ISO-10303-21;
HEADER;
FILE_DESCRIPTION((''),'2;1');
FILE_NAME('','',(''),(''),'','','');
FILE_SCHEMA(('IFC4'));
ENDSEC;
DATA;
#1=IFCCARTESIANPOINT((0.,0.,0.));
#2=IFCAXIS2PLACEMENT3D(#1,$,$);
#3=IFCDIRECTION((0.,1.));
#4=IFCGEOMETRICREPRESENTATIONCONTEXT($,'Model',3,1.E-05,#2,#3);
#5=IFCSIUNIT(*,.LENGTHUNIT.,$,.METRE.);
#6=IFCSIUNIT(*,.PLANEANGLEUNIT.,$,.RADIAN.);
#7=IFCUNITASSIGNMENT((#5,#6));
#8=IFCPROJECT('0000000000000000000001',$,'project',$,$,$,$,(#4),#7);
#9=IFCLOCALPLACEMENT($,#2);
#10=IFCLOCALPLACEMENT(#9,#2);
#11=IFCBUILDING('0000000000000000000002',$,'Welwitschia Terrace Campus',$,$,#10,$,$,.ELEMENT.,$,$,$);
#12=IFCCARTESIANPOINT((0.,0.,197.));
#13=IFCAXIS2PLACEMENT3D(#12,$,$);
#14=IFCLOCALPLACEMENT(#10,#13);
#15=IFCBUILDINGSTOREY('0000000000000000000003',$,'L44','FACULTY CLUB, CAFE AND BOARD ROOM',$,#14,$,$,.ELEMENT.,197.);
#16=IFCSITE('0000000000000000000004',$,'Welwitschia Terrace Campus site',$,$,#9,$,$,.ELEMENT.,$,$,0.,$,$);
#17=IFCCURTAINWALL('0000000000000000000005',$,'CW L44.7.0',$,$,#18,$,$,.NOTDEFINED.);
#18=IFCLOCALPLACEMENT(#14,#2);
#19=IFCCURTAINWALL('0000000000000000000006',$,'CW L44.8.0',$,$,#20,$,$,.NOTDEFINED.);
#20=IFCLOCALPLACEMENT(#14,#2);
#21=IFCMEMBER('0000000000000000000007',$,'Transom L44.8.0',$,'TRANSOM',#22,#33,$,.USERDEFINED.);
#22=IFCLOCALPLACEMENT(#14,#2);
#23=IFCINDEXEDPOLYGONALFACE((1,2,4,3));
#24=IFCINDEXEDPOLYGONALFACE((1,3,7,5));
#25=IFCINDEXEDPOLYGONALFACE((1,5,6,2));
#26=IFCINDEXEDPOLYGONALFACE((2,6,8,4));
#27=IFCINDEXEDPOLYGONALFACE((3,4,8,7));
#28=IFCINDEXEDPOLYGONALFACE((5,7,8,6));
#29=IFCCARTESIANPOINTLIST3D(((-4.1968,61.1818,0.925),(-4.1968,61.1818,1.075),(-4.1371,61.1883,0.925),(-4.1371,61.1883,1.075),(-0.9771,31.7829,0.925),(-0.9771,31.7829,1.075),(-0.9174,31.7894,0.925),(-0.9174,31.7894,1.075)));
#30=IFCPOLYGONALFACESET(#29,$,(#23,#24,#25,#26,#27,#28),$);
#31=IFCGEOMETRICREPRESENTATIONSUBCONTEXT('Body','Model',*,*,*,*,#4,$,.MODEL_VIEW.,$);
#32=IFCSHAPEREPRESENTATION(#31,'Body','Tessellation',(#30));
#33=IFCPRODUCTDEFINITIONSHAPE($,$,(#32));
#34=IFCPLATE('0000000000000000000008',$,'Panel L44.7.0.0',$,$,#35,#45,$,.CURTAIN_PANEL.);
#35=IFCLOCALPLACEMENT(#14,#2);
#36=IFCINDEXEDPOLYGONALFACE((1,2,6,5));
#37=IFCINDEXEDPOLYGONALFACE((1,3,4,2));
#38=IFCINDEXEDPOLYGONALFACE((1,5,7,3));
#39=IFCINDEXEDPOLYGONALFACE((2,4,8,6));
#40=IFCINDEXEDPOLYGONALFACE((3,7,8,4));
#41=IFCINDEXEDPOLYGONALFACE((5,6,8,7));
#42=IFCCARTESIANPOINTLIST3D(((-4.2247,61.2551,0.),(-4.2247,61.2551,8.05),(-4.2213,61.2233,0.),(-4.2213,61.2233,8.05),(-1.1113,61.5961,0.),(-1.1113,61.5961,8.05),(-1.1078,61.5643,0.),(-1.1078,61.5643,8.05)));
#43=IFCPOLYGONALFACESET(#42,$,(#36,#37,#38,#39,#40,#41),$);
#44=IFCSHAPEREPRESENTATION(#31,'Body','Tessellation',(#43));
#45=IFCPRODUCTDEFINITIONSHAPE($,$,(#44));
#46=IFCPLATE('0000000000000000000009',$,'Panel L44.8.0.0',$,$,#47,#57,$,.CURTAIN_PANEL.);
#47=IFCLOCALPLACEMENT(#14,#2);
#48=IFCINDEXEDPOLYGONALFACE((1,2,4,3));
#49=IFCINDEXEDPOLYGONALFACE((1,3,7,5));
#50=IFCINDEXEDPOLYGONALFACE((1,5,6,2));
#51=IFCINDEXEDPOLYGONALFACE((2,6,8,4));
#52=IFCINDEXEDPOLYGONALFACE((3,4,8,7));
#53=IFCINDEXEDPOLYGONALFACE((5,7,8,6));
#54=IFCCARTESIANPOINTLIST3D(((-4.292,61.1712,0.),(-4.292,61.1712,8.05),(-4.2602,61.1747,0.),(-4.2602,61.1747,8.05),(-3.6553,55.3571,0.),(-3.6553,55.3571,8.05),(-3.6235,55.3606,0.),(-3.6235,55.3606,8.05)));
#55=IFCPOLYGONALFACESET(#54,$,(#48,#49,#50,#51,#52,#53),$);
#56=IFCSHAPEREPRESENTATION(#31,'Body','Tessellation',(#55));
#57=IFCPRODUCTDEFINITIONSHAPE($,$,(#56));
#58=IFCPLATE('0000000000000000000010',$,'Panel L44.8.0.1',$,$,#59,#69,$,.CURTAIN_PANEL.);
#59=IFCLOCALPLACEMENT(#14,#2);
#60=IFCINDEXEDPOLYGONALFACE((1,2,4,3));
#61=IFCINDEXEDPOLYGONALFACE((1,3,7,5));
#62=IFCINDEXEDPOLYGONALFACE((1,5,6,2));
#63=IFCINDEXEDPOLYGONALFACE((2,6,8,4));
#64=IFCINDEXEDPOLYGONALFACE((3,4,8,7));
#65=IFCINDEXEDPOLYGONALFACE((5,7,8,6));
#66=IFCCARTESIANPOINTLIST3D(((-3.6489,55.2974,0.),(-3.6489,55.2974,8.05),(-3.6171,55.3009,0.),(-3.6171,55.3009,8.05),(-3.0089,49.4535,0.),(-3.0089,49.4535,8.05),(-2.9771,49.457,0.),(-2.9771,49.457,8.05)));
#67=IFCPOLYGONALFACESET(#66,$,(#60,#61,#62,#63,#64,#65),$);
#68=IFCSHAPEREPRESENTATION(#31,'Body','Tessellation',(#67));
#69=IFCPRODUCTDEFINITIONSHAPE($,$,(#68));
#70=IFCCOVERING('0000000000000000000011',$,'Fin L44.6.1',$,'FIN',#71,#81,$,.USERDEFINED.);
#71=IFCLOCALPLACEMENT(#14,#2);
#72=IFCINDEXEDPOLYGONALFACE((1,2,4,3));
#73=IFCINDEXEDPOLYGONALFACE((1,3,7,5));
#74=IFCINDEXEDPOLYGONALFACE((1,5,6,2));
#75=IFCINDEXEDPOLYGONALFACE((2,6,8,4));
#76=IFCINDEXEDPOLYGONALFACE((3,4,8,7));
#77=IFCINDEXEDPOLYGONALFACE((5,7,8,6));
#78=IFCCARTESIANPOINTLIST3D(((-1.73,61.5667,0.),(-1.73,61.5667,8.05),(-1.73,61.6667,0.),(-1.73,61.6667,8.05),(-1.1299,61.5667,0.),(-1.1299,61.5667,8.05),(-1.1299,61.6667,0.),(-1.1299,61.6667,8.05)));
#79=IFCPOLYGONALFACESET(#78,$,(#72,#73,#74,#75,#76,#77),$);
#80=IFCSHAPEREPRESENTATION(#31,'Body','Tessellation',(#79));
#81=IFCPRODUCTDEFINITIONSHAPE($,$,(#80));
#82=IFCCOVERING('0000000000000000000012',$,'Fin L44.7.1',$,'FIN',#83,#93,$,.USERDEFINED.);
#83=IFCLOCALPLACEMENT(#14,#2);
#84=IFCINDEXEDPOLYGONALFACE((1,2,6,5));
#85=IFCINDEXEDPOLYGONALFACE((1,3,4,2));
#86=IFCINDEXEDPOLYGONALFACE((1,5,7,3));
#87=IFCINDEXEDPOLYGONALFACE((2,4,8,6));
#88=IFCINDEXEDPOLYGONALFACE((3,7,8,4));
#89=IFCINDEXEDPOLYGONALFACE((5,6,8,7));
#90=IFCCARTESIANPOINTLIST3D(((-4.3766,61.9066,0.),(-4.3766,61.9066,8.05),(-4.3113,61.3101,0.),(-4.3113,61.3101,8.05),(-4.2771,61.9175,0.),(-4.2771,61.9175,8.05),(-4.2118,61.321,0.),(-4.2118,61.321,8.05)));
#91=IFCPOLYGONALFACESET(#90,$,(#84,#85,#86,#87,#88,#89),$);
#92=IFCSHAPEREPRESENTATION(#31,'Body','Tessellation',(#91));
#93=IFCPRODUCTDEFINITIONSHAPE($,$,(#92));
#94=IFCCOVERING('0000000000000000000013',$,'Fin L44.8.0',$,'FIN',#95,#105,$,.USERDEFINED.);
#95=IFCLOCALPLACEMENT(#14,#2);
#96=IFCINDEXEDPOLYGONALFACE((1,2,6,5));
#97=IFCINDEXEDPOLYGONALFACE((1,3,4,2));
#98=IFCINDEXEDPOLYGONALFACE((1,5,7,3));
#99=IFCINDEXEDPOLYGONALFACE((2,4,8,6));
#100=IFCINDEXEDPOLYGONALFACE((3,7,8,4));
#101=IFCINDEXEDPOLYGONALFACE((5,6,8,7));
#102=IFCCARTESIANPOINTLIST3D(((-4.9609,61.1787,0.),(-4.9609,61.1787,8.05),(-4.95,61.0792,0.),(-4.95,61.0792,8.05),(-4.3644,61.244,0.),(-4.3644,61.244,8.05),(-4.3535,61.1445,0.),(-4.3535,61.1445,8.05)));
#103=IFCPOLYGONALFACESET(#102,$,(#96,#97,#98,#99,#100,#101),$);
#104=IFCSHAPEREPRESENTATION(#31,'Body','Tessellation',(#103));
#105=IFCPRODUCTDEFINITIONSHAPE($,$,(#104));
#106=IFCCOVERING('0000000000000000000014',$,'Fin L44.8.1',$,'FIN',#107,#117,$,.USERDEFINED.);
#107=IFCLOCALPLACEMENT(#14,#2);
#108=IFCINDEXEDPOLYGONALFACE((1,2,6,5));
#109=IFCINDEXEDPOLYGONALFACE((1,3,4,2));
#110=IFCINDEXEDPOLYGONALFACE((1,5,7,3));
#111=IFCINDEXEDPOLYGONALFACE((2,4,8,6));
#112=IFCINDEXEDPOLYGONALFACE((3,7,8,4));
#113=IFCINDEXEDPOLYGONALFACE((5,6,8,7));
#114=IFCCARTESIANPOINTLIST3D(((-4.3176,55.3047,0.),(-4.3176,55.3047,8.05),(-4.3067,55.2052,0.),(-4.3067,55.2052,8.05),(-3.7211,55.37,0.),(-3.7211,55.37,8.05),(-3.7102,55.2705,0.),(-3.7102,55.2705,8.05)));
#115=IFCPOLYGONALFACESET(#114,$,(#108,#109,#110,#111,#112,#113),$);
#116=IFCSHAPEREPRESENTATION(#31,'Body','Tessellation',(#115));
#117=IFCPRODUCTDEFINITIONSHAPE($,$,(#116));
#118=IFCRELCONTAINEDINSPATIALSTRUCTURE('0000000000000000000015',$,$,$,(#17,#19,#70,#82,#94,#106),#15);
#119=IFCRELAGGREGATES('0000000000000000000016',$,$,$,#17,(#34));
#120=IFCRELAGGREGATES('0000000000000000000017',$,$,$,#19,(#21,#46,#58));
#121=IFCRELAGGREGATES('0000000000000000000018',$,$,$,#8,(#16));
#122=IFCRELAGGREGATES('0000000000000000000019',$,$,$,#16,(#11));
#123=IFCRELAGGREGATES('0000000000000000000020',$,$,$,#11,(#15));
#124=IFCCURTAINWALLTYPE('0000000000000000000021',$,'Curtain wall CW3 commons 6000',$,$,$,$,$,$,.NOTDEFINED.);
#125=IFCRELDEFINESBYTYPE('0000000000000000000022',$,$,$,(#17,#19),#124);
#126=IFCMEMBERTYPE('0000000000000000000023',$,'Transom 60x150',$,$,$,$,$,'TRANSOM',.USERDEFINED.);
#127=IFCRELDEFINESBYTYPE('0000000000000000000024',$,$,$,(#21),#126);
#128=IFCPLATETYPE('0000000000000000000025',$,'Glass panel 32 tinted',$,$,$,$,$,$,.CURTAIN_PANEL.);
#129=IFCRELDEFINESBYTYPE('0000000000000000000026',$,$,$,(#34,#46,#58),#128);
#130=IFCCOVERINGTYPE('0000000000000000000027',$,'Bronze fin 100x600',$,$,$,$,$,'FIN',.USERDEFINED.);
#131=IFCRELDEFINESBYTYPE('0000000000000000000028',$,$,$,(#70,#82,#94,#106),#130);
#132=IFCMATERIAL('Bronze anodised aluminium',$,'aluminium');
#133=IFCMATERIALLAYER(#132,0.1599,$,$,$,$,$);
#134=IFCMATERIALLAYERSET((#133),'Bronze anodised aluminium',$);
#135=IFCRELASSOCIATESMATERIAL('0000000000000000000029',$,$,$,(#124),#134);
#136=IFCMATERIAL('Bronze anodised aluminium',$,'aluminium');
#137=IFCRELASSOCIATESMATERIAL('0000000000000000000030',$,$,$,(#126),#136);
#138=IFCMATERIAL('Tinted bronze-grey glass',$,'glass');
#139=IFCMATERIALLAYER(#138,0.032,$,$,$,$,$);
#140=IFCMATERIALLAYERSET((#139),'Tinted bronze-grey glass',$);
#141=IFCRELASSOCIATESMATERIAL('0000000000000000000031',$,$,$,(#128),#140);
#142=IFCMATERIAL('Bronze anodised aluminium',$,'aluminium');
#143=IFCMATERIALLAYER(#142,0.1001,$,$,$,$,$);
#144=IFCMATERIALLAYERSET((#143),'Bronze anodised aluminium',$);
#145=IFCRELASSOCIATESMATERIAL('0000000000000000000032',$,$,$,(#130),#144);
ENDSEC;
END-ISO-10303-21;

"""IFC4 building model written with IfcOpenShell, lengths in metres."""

from ifc_helpers import new_model, si_unit, direction, frame, origin, origin_2d, place, context, subcontext, project, spatial, rectangle, extrude, material, layer, layer_set, material_profile, profile_set, type_object, element, aggregate, save


model = new_model("IFC4")

# Units and contexts
model_context = context("Model", 3, precision=1e-05, world=origin(), true_north=direction((0.0, 1.0)))
body_context = subcontext(model_context, "Body", "Model", "MODEL_VIEW")
ifc_project = project(units=[si_unit("LENGTHUNIT", "METRE"), si_unit("PLANEANGLEUNIT", "RADIAN")], contexts=[model_context])

# Site, building, storey
site_placement = place(None, origin())
site = spatial("IfcSite", under=ifc_project, at=site_placement, Name="Welwitschia Terrace Campus site", CompositionType="ELEMENT", RefElevation=0.0)
building_placement = place(site_placement, origin())
building = spatial("IfcBuilding", under=site, at=building_placement, Name="Welwitschia Terrace Campus", CompositionType="ELEMENT")
storey_placement = place(building_placement, frame((0.0, 0.0, 197.0)))
storey = spatial("IfcBuildingStorey", under=building, at=storey_placement, Name="L44", Description="FACULTY CLUB, CAFE AND BOARD ROOM", CompositionType="ELEMENT", Elevation=197.0)

# Curtain walls
ifc_material_1 = material(Name="Bronze anodised aluminium", Category="aluminium")
ifc_layer_1 = layer(ifc_material_1, 0.1599)
ifc_layer_set_1 = layer_set([ifc_layer_1], Name="Bronze anodised aluminium")
curtain_wall_type = type_object("IfcCurtainWallType", Name="Curtain wall CW3 commons 6000", PredefinedType="NOTDEFINED", material=ifc_layer_set_1)
curtain_wall_1_placement = place(storey_placement, origin())
curtain_wall_1 = element("IfcCurtainWall", 1, at=curtain_wall_1_placement, inside=storey, type_object=curtain_wall_type, Name="CW L44.7.0", PredefinedType="NOTDEFINED")
curtain_wall_2_placement = place(storey_placement, origin())
curtain_wall_2 = element("IfcCurtainWall", 2, at=curtain_wall_2_placement, inside=storey, type_object=curtain_wall_type, Name="CW L44.8.0", PredefinedType="NOTDEFINED")

# Member
ifc_material_2 = material(Name="Bronze anodised aluminium", Category="aluminium")
ifc_material_profile_1 = material_profile(ifc_material_2, rectangle(XDim=0.0601, YDim=0.1499, at=origin_2d()))
ifc_profile_set_1 = profile_set([ifc_material_profile_1], Name="Bronze anodised aluminium")
member_type_1 = type_object("IfcMemberType", Name="Transom 60x150", ElementType="TRANSOM", PredefinedType="USERDEFINED", material=ifc_profile_set_1)
member_1_placement = place(storey_placement, frame((-4.167, 61.1851, 1.0), z_axis=(0.108868, -0.994056, 0.0), x_axis=(0.994056, 0.108868, 0.0)))
member_1 = element("IfcMember", 3, at=member_1_placement, type_object=member_type_1, Name="Transom L44.8.0", ObjectType="TRANSOM", PredefinedType="USERDEFINED", context=body_context, shape_type="SweptSolid", body=[
    extrude(rectangle(XDim=0.0601, YDim=0.1499, at=origin_2d()), origin(), (0.0, 0.0, 1.0), 29.5747),
])

# Plates
ifc_material_3 = material(Name="Tinted bronze-grey glass", Category="glass")
ifc_layer_2 = layer(ifc_material_3, 0.032)
ifc_layer_set_2 = layer_set([ifc_layer_2], Name="Tinted bronze-grey glass")
plate_type = type_object("IfcPlateType", Name="Glass panel 32 tinted", PredefinedType="CURTAIN_PANEL", material=ifc_layer_set_2)
plate_1_placement = place(storey_placement, frame((-2.6663, 61.4097, 0.0), z_axis=(0.0, 0.0, 1.0), x_axis=(-0.994056, -0.108867, 0.0)))
plate_1 = element("IfcPlate", 4, at=plate_1_placement, type_object=plate_type, Name="Panel L44.7.0.0", PredefinedType="CURTAIN_PANEL", context=body_context, shape_type="SweptSolid", body=[
    extrude(rectangle(XDim=3.1321, YDim=0.032, at=origin_2d()), origin(), (0.0, 0.0, 1.0), 8.05),
])
aggregate(curtain_wall_1, [plate_1])
plate_2_placement = place(storey_placement, frame((-3.9578, 58.2659, 0.0), z_axis=(0.0, 0.0, 1.0), x_axis=(0.108867, -0.994056, 0.0)))
plate_2 = element("IfcPlate", 5, at=plate_2_placement, type_object=plate_type, Name="Panel L44.8.0.0", PredefinedType="CURTAIN_PANEL", context=body_context, shape_type="SweptSolid", body=[
    extrude(rectangle(XDim=5.8489, YDim=0.032, at=origin_2d()), origin(), (0.0, 0.0, 1.0), 8.05),
])
plate_3_placement = place(storey_placement, frame((-3.313, 52.3772, 0.0), z_axis=(0.0, 0.0, 1.0), x_axis=(0.108867, -0.994056, 0.0)))
plate_3 = element("IfcPlate", 6, at=plate_3_placement, type_object=plate_type, Name="Panel L44.8.0.1", PredefinedType="CURTAIN_PANEL", context=body_context, shape_type="SweptSolid", body=[
    extrude(rectangle(XDim=5.8789, YDim=0.032, at=origin_2d()), origin(), (0.0, 0.0, 1.0), 8.05),
])
aggregate(curtain_wall_2, [member_1, plate_2, plate_3])

# Coverings
ifc_material_4 = material(Name="Bronze anodised aluminium", Category="aluminium")
ifc_layer_3 = layer(ifc_material_4, 0.1001)
ifc_layer_set_3 = layer_set([ifc_layer_3], Name="Bronze anodised aluminium")
covering_type = type_object("IfcCoveringType", Name="Bronze fin 100x600", ElementType="FIN", PredefinedType="USERDEFINED", material=ifc_layer_set_3)
for number, where, z_axis, x_axis, name in (
    (7, (-1.4299, 61.6167, 0.0), (0.0, 0.0, 1.0), (0.0, -1.0, 0.0), "Fin L44.6.1"),
    (8, (-4.2942, 61.6138, 0.0), (0.0, 0.0, 1.0), (-0.994056, -0.108867, 0.0), "Fin L44.7.1"),
    (9, (-4.6572, 61.1616, 0.0), (0.0, 0.0, 1.0), (0.108867, -0.994056, 0.0), "Fin L44.8.0"),
    (10, (-4.0139, 55.2876, 0.0), (0.0, 0.0, 1.0), (0.108867, -0.994056, 0.0), "Fin L44.8.1"),
):
    element("IfcCovering", number, at=place(storey_placement, frame(where, z_axis=z_axis, x_axis=x_axis)), inside=storey, type_object=covering_type, Name=name, ObjectType="FIN", PredefinedType="USERDEFINED", context=body_context, shape_type="SweptSolid", body=[
        extrude(rectangle(XDim=0.1001, YDim=0.6001, at=origin_2d()), origin(), (0.0, 0.0, 1.0), 8.05),
    ])

save(model, "model.ifc")
